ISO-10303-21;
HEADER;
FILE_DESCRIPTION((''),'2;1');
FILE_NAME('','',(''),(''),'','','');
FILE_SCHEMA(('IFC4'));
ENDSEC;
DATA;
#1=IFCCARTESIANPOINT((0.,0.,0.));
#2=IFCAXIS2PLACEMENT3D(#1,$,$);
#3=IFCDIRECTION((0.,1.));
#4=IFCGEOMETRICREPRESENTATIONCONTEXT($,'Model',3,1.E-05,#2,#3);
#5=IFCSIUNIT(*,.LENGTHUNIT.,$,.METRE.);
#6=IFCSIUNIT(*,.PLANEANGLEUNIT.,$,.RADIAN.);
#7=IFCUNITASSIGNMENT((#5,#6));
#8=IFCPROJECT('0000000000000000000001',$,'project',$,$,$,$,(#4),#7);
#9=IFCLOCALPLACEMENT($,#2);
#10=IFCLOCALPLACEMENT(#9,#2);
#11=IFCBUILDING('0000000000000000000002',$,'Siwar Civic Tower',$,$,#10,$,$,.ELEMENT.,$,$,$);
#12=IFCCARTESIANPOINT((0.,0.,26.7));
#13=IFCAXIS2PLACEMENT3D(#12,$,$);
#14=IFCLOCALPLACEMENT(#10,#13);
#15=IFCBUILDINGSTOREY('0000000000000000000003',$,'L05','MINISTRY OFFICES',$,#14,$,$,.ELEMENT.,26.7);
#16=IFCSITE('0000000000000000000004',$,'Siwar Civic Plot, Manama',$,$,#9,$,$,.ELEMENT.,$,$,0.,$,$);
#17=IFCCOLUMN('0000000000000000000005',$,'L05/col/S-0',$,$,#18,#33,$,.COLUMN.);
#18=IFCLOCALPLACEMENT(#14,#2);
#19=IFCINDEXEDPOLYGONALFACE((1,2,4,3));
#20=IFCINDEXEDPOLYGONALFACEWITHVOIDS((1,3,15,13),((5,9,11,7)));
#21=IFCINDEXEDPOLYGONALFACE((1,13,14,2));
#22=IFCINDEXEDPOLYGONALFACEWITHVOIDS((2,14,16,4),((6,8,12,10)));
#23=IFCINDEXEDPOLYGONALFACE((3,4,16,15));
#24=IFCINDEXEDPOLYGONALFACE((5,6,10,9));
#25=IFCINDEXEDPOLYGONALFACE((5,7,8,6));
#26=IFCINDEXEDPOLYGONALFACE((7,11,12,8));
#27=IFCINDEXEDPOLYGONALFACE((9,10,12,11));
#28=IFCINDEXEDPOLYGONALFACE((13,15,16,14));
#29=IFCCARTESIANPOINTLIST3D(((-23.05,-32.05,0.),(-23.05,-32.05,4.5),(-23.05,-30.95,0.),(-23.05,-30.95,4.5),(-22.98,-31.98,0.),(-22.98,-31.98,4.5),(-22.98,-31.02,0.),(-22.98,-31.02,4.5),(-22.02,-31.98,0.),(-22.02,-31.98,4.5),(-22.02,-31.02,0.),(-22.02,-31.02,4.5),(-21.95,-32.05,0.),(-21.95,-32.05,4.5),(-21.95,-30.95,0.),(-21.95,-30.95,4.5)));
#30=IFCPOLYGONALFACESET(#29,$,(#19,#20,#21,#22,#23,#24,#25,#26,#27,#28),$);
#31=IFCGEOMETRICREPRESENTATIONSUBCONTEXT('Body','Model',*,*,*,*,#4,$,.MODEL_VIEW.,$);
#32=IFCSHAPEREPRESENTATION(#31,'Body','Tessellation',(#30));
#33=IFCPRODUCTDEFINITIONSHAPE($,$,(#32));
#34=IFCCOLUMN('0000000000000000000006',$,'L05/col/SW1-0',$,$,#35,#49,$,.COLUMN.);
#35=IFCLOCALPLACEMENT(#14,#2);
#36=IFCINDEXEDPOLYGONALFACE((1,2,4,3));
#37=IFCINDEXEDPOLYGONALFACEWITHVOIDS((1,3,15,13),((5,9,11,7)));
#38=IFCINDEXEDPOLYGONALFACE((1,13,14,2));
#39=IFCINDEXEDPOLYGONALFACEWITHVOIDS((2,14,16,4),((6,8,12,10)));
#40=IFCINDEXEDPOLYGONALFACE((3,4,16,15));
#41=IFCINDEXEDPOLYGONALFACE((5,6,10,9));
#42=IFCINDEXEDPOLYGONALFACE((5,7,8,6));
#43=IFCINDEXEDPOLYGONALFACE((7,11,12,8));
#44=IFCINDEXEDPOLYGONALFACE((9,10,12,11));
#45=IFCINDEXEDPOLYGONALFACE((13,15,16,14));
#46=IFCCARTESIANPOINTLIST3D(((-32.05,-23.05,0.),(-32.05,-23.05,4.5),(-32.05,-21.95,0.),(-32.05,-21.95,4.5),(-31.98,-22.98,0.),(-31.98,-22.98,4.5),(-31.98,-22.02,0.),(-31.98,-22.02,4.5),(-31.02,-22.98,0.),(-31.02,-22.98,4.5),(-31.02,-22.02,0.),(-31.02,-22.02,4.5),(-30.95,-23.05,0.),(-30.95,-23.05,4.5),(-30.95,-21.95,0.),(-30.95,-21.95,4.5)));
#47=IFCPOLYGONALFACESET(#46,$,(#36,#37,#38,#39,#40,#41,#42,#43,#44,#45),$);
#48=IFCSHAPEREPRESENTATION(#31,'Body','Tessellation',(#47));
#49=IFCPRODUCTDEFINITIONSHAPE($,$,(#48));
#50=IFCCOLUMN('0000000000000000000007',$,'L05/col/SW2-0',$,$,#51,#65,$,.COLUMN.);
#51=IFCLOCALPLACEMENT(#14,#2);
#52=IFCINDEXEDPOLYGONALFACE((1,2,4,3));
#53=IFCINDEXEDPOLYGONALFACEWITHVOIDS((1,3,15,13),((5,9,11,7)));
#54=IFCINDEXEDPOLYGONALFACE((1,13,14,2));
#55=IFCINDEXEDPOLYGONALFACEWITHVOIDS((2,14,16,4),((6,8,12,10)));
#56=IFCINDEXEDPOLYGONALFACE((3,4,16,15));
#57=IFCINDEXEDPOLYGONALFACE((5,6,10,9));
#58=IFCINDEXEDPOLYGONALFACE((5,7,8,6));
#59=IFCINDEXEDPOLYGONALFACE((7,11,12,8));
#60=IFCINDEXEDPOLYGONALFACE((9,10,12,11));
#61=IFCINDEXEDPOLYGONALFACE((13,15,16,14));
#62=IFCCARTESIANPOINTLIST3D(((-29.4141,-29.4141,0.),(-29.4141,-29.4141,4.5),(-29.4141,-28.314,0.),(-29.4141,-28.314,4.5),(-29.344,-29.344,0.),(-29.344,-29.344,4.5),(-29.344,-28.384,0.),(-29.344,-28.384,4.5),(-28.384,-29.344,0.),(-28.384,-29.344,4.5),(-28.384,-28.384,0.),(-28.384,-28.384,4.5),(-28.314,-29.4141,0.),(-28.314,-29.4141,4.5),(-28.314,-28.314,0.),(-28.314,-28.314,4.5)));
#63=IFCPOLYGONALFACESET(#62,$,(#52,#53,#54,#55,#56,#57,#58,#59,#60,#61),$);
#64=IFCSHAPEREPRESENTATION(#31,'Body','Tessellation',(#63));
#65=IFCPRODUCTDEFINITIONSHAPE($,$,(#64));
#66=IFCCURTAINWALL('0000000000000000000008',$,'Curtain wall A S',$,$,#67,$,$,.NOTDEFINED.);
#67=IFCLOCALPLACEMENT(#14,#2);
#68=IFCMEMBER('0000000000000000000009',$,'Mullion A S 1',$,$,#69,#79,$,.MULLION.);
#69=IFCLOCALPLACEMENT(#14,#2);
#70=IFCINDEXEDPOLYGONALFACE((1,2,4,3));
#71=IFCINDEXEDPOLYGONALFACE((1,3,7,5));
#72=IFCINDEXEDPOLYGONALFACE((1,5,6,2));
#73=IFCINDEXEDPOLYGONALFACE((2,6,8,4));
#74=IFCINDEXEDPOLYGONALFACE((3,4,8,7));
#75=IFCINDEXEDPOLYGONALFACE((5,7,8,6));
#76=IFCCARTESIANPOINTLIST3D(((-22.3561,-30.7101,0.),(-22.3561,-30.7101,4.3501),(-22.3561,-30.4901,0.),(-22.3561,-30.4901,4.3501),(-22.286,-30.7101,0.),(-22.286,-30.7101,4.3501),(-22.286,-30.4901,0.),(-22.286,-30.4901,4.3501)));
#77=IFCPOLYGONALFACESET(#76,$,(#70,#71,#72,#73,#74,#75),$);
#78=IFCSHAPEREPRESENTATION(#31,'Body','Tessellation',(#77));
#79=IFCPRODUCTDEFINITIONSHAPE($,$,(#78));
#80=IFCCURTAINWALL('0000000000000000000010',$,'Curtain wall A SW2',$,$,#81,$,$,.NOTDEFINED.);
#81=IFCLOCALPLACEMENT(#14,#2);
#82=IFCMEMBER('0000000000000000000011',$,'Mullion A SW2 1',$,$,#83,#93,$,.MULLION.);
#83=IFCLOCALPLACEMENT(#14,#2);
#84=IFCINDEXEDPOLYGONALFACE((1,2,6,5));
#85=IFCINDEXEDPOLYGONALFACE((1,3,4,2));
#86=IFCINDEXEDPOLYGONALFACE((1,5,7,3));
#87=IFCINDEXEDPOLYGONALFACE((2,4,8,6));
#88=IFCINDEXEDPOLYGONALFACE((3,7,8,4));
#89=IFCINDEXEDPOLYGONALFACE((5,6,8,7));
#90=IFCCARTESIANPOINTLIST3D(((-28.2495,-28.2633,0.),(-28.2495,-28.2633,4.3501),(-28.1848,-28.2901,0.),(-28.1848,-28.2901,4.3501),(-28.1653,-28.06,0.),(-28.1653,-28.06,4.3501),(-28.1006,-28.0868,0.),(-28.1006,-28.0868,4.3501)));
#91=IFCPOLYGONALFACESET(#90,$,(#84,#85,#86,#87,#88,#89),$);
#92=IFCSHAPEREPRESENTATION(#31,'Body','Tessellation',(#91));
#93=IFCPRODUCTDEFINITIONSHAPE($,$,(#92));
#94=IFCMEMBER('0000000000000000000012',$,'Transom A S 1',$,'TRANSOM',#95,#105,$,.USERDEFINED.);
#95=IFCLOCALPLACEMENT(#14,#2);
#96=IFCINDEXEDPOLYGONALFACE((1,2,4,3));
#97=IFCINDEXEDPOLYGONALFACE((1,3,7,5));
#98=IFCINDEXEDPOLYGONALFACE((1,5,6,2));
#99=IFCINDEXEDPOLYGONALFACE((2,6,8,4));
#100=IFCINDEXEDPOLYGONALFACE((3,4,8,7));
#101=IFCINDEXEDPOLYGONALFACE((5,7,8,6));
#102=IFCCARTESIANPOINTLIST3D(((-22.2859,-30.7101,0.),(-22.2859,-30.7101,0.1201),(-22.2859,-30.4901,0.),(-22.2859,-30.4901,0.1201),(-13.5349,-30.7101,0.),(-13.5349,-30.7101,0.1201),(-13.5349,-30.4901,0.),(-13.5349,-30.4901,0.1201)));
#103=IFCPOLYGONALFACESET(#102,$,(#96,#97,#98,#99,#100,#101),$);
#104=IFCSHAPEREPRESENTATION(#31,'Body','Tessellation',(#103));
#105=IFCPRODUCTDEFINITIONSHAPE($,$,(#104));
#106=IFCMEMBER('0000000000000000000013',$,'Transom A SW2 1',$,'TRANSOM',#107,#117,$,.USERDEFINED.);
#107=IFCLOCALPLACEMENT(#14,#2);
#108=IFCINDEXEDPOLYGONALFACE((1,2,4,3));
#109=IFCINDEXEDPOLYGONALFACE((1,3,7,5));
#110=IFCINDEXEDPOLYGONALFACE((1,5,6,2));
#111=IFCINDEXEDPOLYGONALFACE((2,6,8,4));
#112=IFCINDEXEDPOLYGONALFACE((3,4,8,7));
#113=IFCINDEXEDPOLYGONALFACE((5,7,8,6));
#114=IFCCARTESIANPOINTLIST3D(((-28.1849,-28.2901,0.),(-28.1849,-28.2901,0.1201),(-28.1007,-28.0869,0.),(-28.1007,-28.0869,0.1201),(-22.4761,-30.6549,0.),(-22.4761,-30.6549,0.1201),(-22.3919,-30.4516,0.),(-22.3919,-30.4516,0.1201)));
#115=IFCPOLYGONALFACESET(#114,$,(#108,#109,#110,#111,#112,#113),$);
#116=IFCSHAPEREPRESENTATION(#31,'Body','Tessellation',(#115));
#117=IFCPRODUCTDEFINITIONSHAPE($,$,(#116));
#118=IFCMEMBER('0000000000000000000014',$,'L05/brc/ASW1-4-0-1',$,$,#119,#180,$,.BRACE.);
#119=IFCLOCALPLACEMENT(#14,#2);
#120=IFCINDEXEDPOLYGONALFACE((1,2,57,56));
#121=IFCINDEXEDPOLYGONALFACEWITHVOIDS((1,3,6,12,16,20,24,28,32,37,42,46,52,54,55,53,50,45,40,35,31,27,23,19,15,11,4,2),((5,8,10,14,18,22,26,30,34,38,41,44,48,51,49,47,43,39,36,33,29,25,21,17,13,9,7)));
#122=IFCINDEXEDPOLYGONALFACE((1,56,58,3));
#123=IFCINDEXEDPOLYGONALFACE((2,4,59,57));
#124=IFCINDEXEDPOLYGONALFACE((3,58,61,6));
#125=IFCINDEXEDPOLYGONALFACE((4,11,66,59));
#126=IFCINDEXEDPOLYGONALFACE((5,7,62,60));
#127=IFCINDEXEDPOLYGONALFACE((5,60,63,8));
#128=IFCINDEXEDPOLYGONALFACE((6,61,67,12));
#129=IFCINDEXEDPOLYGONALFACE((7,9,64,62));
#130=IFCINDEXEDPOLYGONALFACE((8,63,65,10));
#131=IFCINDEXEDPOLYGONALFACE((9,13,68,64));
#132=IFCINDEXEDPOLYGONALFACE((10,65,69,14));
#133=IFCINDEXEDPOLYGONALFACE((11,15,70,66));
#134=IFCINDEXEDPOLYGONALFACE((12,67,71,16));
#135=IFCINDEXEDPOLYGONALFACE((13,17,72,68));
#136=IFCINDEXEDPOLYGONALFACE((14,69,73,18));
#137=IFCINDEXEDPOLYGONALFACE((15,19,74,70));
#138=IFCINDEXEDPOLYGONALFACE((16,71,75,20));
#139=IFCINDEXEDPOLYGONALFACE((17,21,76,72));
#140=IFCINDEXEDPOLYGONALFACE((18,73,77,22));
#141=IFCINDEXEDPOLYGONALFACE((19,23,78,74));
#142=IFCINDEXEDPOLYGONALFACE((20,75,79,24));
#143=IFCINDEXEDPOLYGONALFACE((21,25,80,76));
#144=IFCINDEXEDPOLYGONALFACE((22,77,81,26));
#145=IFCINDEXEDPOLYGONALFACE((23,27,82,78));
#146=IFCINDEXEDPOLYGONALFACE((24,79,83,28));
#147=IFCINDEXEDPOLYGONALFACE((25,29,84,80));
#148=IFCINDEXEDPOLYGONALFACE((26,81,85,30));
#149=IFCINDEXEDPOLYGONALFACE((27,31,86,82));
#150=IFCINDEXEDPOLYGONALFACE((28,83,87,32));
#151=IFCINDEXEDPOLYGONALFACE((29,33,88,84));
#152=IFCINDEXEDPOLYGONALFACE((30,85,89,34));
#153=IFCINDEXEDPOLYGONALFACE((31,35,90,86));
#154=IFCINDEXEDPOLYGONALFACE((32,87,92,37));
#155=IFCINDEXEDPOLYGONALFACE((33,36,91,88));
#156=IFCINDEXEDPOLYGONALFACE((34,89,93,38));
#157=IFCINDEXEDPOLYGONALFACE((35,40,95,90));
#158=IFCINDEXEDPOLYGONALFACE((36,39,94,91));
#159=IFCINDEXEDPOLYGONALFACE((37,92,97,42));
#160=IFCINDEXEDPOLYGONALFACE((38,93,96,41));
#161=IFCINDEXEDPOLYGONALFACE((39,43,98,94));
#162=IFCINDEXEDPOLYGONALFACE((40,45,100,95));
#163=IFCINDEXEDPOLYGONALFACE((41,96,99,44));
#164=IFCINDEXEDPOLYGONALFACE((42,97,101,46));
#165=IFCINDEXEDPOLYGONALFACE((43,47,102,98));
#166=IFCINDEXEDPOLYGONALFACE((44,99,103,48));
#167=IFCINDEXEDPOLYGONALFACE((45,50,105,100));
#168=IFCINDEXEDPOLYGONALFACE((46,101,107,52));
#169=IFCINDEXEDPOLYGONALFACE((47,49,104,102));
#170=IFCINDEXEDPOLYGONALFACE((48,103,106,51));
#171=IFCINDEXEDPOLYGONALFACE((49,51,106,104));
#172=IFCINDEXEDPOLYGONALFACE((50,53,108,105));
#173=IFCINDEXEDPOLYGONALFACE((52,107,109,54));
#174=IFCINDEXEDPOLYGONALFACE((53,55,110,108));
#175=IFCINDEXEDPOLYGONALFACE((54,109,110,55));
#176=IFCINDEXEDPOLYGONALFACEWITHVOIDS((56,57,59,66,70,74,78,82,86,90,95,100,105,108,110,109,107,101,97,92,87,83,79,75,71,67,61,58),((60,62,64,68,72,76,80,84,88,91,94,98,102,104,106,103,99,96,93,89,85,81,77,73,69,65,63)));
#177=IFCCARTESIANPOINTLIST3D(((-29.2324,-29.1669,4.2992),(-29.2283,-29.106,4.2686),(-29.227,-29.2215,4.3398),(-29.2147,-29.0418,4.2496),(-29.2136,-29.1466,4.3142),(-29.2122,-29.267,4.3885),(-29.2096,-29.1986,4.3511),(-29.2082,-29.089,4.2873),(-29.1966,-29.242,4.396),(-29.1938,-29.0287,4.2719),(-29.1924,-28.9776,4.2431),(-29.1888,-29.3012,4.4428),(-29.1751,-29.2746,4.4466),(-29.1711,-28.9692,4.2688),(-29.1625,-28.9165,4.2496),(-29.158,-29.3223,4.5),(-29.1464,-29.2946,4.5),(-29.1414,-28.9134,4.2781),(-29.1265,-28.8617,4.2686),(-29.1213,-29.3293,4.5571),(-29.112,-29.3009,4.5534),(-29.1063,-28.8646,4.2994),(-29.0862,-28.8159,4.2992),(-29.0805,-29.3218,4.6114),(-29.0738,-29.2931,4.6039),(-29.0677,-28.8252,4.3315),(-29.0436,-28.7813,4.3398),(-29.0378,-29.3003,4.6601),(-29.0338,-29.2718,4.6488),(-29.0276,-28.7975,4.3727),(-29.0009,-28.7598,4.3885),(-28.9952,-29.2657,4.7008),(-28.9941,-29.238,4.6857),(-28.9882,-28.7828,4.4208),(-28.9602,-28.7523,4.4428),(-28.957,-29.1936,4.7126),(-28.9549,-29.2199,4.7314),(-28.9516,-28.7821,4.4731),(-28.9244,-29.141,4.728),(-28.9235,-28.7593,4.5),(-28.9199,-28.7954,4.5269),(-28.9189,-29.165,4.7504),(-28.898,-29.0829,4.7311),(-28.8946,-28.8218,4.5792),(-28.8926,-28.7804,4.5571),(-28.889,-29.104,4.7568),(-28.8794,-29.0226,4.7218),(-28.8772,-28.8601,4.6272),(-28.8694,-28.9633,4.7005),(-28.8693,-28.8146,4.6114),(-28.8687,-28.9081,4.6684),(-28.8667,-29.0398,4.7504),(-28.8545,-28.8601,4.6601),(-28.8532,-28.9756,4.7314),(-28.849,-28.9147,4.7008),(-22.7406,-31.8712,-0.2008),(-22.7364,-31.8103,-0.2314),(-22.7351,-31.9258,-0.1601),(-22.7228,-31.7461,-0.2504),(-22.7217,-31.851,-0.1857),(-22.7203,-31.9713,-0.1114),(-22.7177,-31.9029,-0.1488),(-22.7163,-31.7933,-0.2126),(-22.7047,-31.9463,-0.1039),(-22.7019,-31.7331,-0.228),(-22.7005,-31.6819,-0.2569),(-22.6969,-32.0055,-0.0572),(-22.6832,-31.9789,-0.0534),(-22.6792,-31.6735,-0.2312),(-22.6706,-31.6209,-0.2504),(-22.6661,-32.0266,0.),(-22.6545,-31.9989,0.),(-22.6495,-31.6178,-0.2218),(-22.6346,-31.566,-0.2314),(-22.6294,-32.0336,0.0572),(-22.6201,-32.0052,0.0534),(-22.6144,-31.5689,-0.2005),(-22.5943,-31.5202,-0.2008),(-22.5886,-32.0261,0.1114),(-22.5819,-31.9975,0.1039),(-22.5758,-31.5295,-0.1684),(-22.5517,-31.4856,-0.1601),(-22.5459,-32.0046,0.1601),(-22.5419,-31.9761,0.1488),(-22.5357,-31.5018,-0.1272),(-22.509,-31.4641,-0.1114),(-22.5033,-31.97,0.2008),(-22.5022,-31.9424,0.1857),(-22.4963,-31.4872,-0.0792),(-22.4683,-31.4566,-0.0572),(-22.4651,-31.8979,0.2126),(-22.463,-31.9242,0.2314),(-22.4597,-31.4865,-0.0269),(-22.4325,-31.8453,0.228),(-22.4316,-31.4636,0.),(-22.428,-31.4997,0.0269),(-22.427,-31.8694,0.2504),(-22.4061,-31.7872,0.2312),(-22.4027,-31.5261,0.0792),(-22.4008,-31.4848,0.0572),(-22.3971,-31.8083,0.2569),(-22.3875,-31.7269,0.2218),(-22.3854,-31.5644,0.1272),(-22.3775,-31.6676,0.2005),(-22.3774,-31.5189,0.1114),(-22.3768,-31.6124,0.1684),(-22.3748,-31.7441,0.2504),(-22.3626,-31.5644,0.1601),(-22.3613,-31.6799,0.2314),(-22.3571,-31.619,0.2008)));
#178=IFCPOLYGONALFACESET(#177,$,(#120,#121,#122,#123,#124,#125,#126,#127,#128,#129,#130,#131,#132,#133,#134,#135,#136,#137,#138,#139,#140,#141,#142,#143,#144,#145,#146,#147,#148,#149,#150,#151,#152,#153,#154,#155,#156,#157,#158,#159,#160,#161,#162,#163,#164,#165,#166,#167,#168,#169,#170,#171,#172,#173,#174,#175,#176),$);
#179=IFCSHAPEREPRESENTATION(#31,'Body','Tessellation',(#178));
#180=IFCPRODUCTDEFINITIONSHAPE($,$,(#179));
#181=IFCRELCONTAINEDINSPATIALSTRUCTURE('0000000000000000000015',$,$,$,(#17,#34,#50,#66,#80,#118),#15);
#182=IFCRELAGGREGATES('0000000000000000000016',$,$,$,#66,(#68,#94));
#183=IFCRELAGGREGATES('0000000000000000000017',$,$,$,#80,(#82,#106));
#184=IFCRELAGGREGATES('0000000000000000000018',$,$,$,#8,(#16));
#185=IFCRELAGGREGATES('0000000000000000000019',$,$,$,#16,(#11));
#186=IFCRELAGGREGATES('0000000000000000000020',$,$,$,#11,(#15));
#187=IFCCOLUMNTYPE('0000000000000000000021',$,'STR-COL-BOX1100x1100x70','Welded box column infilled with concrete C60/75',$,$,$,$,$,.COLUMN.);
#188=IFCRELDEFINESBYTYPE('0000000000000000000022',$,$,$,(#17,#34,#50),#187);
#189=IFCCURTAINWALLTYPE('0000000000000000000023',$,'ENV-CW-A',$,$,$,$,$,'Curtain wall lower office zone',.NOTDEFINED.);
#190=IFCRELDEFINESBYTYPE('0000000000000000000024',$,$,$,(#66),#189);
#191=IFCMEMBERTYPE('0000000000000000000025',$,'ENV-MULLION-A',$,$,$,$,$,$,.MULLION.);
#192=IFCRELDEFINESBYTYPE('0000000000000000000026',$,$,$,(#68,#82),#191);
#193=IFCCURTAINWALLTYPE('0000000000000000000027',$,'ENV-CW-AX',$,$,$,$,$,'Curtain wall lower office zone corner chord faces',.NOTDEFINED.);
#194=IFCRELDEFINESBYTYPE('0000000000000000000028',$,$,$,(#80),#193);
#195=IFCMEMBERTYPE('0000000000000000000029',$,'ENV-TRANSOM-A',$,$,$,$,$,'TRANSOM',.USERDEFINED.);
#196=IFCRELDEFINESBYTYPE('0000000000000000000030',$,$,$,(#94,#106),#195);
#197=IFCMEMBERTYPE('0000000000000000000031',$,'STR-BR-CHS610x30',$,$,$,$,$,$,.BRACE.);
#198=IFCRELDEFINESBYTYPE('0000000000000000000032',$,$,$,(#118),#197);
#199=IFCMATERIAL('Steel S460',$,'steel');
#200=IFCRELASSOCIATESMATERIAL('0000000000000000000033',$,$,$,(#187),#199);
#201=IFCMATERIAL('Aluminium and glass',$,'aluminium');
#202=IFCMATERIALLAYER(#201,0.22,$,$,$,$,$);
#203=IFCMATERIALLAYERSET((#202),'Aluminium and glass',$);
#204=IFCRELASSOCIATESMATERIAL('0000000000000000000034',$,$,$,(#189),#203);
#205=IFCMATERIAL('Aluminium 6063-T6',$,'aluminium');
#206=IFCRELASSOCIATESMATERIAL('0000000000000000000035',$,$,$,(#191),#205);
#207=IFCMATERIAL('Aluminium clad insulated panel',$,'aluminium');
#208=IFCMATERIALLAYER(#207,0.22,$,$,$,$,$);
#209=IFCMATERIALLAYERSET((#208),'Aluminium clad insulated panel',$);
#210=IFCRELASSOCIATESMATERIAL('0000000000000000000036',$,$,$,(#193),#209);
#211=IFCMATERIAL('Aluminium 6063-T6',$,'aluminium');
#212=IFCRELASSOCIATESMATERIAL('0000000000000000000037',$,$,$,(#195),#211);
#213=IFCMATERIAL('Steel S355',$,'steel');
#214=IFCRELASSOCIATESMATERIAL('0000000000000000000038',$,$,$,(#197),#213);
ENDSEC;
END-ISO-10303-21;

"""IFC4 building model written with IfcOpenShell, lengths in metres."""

from ifc_helpers import new_model, si_unit, direction, frame, origin, origin_2d, place, context, subcontext, project, spatial, rectangle, hollow_rectangle, hollow_circle, extrude, material, layer, layer_set, material_profile, profile_set, type_object, element, aggregate, save


model = new_model("IFC4")

# Units and contexts
model_context = context("Model", 3, precision=1e-05, world=origin(), true_north=direction((0.0, 1.0)))
body_context = subcontext(model_context, "Body", "Model", "MODEL_VIEW")
ifc_project = project(units=[si_unit("LENGTHUNIT", "METRE"), si_unit("PLANEANGLEUNIT", "RADIAN")], contexts=[model_context])

# Site, building, storey
site_placement = place(None, origin())
site = spatial("IfcSite", under=ifc_project, at=site_placement, Name="Siwar Civic Plot, Manama", CompositionType="ELEMENT", RefElevation=0.0)
building_placement = place(site_placement, origin())
building = spatial("IfcBuilding", under=site, at=building_placement, Name="Siwar Civic Tower", CompositionType="ELEMENT")
storey_placement = place(building_placement, frame((0.0, 0.0, 26.7)))
storey = spatial("IfcBuildingStorey", under=building, at=storey_placement, Name="L05", Description="MINISTRY OFFICES", CompositionType="ELEMENT", Elevation=26.7)

# Columns
ifc_material_1 = material(Name="Steel S460", Category="steel")
ifc_material_profile_1 = material_profile(ifc_material_1, hollow_rectangle(XDim=1.1001, YDim=1.1001, WallThickness=0.0701, at=origin_2d()), Name="BOX1100x1100x70")
ifc_profile_set_1 = profile_set([ifc_material_profile_1], Name="Steel S460")
column_type = type_object("IfcColumnType", Name="STR-COL-BOX1100x1100x70", Description="Welded box column infilled with concrete C60/75", PredefinedType="COLUMN", material=ifc_profile_set_1)
for number, where, z_axis, x_axis, name in (
    (1, (-22.5, -31.5, 0.0), (0.0, 0.0, 1.0), (1.0, 0.0, 0.0), "L05/col/S-0"),
    (2, (-31.5, -22.5, 0.0), (0.0, 0.0, 1.0), (1.0, 0.0, 0.0), "L05/col/SW1-0"),
    (3, (-28.864, -28.864, 0.0), (0.0, 0.0, 1.0), (1.0, 0.0, 0.0), "L05/col/SW2-0"),
):
    element("IfcColumn", number, at=place(storey_placement, frame(where, z_axis=z_axis, x_axis=x_axis)), inside=storey, type_object=column_type, Name=name, PredefinedType="COLUMN", context=body_context, shape_type="SweptSolid", body=[
        extrude(hollow_rectangle(XDim=1.1001, YDim=1.1001, WallThickness=0.0701, at=origin_2d()), origin(), (0.0, 0.0, 1.0), 4.5),
    ])

# Curtain walls, members
ifc_material_2 = material(Name="Aluminium and glass", Category="aluminium")
ifc_layer_1 = layer(ifc_material_2, 0.22)
ifc_layer_set_1 = layer_set([ifc_layer_1], Name="Aluminium and glass")
curtain_wall_type_1 = type_object("IfcCurtainWallType", Name="ENV-CW-A", ElementType="Curtain wall lower office zone", PredefinedType="NOTDEFINED", material=ifc_layer_set_1)
curtain_wall_1_placement = place(storey_placement, origin())
curtain_wall_1 = element("IfcCurtainWall", 4, at=curtain_wall_1_placement, inside=storey, type_object=curtain_wall_type_1, Name="Curtain wall A S", PredefinedType="NOTDEFINED")
ifc_material_3 = material(Name="Aluminium 6063-T6", Category="aluminium")
ifc_material_profile_2 = material_profile(ifc_material_3, rectangle(XDim=0.22, YDim=0.0701, at=origin_2d()), Name="AL 220x70")
ifc_profile_set_2 = profile_set([ifc_material_profile_2], Name="Aluminium 6063-T6")
member_type_1 = type_object("IfcMemberType", Name="ENV-MULLION-A", PredefinedType="MULLION", material=ifc_profile_set_2)
member_1_placement = place(storey_placement, frame((-22.321, -30.6001, 0.0), z_axis=(0.0, 0.0, 1.0), x_axis=(0.0, 1.0, 0.0)))
member_1 = element("IfcMember", 5, at=member_1_placement, type_object=member_type_1, Name="Mullion A S 1", PredefinedType="MULLION", context=body_context, shape_type="SweptSolid", body=[
    extrude(rectangle(XDim=0.22, YDim=0.0701, at=origin_2d()), origin(), (0.0, 0.0, 1.0), 4.3501),
])
ifc_material_4 = material(Name="Aluminium clad insulated panel", Category="aluminium")
ifc_layer_2 = layer(ifc_material_4, 0.22)
ifc_layer_set_2 = layer_set([ifc_layer_2], Name="Aluminium clad insulated panel")
curtain_wall_type_2 = type_object("IfcCurtainWallType", Name="ENV-CW-AX", ElementType="Curtain wall lower office zone corner chord faces", PredefinedType="NOTDEFINED", material=ifc_layer_set_2)
curtain_wall_2_placement = place(storey_placement, origin())
curtain_wall_2 = element("IfcCurtainWall", 6, at=curtain_wall_2_placement, inside=storey, type_object=curtain_wall_type_2, Name="Curtain wall A SW2", PredefinedType="NOTDEFINED")
member_2_placement = place(storey_placement, frame((-28.175, -28.175, 0.0), z_axis=(0.0, 0.0, 1.0), x_axis=(0.382683, 0.92388, 0.0)))
member_2 = element("IfcMember", 7, at=member_2_placement, type_object=member_type_1, Name="Mullion A SW2 1", PredefinedType="MULLION", context=body_context, shape_type="SweptSolid", body=[
    extrude(rectangle(XDim=0.22, YDim=0.0701, at=origin_2d()), origin(), (0.0, 0.0, 1.0), 4.3501),
])

# Members
ifc_material_5 = material(Name="Aluminium 6063-T6", Category="aluminium")
ifc_material_profile_3 = material_profile(ifc_material_5, rectangle(XDim=0.22, YDim=0.1201, at=origin_2d()), Name="AL 220x120")
ifc_profile_set_3 = profile_set([ifc_material_profile_3], Name="Aluminium 6063-T6")
member_type_2 = type_object("IfcMemberType", Name="ENV-TRANSOM-A", ElementType="TRANSOM", PredefinedType="USERDEFINED", material=ifc_profile_set_3)
member_3_placement = place(storey_placement, frame((-22.2859, -30.6001, 0.0601), z_axis=(1.0, 0.0, 0.0), x_axis=(0.0, 1.0, 0.0)))
member_3 = element("IfcMember", 8, at=member_3_placement, type_object=member_type_2, Name="Transom A S 1", ObjectType="TRANSOM", PredefinedType="USERDEFINED", context=body_context, shape_type="SweptSolid", body=[
    extrude(rectangle(XDim=0.22, YDim=0.1201, at=origin_2d()), origin(), (0.0, 0.0, 1.0), 8.751),
])
aggregate(curtain_wall_1, [member_1, member_3])
member_4_placement = place(storey_placement, frame((-28.1428, -28.1885, 0.0601), z_axis=(0.923873, -0.382698, 0.0), x_axis=(0.382698, 0.923873, 0.0)))
member_4 = element("IfcMember", 9, at=member_4_placement, type_object=member_type_2, Name="Transom A SW2 1", ObjectType="TRANSOM", PredefinedType="USERDEFINED", context=body_context, shape_type="SweptSolid", body=[
    extrude(rectangle(XDim=0.22, YDim=0.1201, at=origin_2d()), origin(), (0.0, 0.0, 1.0), 6.1792),
])

# Member
ifc_material_6 = material(Name="Steel S355", Category="steel")
ifc_material_profile_4 = material_profile(ifc_material_6, hollow_circle(Radius=0.3049, WallThickness=0.03, at=origin_2d()), Name="CHS610x30")
ifc_profile_set_4 = profile_set([ifc_material_profile_4], Name="Steel S355")
member_type_3 = type_object("IfcMemberType", Name="STR-BR-CHS610x30", PredefinedType="BRACE", material=ifc_profile_set_4)
member_5_placement = place(storey_placement, frame((-22.5488, -31.7451, 0.0), z_axis=(-0.777555, 0.323906, 0.538975), x_axis=(-0.384539, -0.923109, 0.0)))
element("IfcMember", 10, at=member_5_placement, inside=storey, type_object=member_type_3, Name="L05/brc/ASW1-4-0-1", PredefinedType="BRACE", context=body_context, shape_type="SweptSolid", body=[
    extrude(hollow_circle(Radius=0.3049, WallThickness=0.03, at=origin_2d()), origin(), (0.0, 0.0, 1.0), 8.3491),
])

aggregate(curtain_wall_2, [member_2, member_4])

save(model, "model.ifc")
